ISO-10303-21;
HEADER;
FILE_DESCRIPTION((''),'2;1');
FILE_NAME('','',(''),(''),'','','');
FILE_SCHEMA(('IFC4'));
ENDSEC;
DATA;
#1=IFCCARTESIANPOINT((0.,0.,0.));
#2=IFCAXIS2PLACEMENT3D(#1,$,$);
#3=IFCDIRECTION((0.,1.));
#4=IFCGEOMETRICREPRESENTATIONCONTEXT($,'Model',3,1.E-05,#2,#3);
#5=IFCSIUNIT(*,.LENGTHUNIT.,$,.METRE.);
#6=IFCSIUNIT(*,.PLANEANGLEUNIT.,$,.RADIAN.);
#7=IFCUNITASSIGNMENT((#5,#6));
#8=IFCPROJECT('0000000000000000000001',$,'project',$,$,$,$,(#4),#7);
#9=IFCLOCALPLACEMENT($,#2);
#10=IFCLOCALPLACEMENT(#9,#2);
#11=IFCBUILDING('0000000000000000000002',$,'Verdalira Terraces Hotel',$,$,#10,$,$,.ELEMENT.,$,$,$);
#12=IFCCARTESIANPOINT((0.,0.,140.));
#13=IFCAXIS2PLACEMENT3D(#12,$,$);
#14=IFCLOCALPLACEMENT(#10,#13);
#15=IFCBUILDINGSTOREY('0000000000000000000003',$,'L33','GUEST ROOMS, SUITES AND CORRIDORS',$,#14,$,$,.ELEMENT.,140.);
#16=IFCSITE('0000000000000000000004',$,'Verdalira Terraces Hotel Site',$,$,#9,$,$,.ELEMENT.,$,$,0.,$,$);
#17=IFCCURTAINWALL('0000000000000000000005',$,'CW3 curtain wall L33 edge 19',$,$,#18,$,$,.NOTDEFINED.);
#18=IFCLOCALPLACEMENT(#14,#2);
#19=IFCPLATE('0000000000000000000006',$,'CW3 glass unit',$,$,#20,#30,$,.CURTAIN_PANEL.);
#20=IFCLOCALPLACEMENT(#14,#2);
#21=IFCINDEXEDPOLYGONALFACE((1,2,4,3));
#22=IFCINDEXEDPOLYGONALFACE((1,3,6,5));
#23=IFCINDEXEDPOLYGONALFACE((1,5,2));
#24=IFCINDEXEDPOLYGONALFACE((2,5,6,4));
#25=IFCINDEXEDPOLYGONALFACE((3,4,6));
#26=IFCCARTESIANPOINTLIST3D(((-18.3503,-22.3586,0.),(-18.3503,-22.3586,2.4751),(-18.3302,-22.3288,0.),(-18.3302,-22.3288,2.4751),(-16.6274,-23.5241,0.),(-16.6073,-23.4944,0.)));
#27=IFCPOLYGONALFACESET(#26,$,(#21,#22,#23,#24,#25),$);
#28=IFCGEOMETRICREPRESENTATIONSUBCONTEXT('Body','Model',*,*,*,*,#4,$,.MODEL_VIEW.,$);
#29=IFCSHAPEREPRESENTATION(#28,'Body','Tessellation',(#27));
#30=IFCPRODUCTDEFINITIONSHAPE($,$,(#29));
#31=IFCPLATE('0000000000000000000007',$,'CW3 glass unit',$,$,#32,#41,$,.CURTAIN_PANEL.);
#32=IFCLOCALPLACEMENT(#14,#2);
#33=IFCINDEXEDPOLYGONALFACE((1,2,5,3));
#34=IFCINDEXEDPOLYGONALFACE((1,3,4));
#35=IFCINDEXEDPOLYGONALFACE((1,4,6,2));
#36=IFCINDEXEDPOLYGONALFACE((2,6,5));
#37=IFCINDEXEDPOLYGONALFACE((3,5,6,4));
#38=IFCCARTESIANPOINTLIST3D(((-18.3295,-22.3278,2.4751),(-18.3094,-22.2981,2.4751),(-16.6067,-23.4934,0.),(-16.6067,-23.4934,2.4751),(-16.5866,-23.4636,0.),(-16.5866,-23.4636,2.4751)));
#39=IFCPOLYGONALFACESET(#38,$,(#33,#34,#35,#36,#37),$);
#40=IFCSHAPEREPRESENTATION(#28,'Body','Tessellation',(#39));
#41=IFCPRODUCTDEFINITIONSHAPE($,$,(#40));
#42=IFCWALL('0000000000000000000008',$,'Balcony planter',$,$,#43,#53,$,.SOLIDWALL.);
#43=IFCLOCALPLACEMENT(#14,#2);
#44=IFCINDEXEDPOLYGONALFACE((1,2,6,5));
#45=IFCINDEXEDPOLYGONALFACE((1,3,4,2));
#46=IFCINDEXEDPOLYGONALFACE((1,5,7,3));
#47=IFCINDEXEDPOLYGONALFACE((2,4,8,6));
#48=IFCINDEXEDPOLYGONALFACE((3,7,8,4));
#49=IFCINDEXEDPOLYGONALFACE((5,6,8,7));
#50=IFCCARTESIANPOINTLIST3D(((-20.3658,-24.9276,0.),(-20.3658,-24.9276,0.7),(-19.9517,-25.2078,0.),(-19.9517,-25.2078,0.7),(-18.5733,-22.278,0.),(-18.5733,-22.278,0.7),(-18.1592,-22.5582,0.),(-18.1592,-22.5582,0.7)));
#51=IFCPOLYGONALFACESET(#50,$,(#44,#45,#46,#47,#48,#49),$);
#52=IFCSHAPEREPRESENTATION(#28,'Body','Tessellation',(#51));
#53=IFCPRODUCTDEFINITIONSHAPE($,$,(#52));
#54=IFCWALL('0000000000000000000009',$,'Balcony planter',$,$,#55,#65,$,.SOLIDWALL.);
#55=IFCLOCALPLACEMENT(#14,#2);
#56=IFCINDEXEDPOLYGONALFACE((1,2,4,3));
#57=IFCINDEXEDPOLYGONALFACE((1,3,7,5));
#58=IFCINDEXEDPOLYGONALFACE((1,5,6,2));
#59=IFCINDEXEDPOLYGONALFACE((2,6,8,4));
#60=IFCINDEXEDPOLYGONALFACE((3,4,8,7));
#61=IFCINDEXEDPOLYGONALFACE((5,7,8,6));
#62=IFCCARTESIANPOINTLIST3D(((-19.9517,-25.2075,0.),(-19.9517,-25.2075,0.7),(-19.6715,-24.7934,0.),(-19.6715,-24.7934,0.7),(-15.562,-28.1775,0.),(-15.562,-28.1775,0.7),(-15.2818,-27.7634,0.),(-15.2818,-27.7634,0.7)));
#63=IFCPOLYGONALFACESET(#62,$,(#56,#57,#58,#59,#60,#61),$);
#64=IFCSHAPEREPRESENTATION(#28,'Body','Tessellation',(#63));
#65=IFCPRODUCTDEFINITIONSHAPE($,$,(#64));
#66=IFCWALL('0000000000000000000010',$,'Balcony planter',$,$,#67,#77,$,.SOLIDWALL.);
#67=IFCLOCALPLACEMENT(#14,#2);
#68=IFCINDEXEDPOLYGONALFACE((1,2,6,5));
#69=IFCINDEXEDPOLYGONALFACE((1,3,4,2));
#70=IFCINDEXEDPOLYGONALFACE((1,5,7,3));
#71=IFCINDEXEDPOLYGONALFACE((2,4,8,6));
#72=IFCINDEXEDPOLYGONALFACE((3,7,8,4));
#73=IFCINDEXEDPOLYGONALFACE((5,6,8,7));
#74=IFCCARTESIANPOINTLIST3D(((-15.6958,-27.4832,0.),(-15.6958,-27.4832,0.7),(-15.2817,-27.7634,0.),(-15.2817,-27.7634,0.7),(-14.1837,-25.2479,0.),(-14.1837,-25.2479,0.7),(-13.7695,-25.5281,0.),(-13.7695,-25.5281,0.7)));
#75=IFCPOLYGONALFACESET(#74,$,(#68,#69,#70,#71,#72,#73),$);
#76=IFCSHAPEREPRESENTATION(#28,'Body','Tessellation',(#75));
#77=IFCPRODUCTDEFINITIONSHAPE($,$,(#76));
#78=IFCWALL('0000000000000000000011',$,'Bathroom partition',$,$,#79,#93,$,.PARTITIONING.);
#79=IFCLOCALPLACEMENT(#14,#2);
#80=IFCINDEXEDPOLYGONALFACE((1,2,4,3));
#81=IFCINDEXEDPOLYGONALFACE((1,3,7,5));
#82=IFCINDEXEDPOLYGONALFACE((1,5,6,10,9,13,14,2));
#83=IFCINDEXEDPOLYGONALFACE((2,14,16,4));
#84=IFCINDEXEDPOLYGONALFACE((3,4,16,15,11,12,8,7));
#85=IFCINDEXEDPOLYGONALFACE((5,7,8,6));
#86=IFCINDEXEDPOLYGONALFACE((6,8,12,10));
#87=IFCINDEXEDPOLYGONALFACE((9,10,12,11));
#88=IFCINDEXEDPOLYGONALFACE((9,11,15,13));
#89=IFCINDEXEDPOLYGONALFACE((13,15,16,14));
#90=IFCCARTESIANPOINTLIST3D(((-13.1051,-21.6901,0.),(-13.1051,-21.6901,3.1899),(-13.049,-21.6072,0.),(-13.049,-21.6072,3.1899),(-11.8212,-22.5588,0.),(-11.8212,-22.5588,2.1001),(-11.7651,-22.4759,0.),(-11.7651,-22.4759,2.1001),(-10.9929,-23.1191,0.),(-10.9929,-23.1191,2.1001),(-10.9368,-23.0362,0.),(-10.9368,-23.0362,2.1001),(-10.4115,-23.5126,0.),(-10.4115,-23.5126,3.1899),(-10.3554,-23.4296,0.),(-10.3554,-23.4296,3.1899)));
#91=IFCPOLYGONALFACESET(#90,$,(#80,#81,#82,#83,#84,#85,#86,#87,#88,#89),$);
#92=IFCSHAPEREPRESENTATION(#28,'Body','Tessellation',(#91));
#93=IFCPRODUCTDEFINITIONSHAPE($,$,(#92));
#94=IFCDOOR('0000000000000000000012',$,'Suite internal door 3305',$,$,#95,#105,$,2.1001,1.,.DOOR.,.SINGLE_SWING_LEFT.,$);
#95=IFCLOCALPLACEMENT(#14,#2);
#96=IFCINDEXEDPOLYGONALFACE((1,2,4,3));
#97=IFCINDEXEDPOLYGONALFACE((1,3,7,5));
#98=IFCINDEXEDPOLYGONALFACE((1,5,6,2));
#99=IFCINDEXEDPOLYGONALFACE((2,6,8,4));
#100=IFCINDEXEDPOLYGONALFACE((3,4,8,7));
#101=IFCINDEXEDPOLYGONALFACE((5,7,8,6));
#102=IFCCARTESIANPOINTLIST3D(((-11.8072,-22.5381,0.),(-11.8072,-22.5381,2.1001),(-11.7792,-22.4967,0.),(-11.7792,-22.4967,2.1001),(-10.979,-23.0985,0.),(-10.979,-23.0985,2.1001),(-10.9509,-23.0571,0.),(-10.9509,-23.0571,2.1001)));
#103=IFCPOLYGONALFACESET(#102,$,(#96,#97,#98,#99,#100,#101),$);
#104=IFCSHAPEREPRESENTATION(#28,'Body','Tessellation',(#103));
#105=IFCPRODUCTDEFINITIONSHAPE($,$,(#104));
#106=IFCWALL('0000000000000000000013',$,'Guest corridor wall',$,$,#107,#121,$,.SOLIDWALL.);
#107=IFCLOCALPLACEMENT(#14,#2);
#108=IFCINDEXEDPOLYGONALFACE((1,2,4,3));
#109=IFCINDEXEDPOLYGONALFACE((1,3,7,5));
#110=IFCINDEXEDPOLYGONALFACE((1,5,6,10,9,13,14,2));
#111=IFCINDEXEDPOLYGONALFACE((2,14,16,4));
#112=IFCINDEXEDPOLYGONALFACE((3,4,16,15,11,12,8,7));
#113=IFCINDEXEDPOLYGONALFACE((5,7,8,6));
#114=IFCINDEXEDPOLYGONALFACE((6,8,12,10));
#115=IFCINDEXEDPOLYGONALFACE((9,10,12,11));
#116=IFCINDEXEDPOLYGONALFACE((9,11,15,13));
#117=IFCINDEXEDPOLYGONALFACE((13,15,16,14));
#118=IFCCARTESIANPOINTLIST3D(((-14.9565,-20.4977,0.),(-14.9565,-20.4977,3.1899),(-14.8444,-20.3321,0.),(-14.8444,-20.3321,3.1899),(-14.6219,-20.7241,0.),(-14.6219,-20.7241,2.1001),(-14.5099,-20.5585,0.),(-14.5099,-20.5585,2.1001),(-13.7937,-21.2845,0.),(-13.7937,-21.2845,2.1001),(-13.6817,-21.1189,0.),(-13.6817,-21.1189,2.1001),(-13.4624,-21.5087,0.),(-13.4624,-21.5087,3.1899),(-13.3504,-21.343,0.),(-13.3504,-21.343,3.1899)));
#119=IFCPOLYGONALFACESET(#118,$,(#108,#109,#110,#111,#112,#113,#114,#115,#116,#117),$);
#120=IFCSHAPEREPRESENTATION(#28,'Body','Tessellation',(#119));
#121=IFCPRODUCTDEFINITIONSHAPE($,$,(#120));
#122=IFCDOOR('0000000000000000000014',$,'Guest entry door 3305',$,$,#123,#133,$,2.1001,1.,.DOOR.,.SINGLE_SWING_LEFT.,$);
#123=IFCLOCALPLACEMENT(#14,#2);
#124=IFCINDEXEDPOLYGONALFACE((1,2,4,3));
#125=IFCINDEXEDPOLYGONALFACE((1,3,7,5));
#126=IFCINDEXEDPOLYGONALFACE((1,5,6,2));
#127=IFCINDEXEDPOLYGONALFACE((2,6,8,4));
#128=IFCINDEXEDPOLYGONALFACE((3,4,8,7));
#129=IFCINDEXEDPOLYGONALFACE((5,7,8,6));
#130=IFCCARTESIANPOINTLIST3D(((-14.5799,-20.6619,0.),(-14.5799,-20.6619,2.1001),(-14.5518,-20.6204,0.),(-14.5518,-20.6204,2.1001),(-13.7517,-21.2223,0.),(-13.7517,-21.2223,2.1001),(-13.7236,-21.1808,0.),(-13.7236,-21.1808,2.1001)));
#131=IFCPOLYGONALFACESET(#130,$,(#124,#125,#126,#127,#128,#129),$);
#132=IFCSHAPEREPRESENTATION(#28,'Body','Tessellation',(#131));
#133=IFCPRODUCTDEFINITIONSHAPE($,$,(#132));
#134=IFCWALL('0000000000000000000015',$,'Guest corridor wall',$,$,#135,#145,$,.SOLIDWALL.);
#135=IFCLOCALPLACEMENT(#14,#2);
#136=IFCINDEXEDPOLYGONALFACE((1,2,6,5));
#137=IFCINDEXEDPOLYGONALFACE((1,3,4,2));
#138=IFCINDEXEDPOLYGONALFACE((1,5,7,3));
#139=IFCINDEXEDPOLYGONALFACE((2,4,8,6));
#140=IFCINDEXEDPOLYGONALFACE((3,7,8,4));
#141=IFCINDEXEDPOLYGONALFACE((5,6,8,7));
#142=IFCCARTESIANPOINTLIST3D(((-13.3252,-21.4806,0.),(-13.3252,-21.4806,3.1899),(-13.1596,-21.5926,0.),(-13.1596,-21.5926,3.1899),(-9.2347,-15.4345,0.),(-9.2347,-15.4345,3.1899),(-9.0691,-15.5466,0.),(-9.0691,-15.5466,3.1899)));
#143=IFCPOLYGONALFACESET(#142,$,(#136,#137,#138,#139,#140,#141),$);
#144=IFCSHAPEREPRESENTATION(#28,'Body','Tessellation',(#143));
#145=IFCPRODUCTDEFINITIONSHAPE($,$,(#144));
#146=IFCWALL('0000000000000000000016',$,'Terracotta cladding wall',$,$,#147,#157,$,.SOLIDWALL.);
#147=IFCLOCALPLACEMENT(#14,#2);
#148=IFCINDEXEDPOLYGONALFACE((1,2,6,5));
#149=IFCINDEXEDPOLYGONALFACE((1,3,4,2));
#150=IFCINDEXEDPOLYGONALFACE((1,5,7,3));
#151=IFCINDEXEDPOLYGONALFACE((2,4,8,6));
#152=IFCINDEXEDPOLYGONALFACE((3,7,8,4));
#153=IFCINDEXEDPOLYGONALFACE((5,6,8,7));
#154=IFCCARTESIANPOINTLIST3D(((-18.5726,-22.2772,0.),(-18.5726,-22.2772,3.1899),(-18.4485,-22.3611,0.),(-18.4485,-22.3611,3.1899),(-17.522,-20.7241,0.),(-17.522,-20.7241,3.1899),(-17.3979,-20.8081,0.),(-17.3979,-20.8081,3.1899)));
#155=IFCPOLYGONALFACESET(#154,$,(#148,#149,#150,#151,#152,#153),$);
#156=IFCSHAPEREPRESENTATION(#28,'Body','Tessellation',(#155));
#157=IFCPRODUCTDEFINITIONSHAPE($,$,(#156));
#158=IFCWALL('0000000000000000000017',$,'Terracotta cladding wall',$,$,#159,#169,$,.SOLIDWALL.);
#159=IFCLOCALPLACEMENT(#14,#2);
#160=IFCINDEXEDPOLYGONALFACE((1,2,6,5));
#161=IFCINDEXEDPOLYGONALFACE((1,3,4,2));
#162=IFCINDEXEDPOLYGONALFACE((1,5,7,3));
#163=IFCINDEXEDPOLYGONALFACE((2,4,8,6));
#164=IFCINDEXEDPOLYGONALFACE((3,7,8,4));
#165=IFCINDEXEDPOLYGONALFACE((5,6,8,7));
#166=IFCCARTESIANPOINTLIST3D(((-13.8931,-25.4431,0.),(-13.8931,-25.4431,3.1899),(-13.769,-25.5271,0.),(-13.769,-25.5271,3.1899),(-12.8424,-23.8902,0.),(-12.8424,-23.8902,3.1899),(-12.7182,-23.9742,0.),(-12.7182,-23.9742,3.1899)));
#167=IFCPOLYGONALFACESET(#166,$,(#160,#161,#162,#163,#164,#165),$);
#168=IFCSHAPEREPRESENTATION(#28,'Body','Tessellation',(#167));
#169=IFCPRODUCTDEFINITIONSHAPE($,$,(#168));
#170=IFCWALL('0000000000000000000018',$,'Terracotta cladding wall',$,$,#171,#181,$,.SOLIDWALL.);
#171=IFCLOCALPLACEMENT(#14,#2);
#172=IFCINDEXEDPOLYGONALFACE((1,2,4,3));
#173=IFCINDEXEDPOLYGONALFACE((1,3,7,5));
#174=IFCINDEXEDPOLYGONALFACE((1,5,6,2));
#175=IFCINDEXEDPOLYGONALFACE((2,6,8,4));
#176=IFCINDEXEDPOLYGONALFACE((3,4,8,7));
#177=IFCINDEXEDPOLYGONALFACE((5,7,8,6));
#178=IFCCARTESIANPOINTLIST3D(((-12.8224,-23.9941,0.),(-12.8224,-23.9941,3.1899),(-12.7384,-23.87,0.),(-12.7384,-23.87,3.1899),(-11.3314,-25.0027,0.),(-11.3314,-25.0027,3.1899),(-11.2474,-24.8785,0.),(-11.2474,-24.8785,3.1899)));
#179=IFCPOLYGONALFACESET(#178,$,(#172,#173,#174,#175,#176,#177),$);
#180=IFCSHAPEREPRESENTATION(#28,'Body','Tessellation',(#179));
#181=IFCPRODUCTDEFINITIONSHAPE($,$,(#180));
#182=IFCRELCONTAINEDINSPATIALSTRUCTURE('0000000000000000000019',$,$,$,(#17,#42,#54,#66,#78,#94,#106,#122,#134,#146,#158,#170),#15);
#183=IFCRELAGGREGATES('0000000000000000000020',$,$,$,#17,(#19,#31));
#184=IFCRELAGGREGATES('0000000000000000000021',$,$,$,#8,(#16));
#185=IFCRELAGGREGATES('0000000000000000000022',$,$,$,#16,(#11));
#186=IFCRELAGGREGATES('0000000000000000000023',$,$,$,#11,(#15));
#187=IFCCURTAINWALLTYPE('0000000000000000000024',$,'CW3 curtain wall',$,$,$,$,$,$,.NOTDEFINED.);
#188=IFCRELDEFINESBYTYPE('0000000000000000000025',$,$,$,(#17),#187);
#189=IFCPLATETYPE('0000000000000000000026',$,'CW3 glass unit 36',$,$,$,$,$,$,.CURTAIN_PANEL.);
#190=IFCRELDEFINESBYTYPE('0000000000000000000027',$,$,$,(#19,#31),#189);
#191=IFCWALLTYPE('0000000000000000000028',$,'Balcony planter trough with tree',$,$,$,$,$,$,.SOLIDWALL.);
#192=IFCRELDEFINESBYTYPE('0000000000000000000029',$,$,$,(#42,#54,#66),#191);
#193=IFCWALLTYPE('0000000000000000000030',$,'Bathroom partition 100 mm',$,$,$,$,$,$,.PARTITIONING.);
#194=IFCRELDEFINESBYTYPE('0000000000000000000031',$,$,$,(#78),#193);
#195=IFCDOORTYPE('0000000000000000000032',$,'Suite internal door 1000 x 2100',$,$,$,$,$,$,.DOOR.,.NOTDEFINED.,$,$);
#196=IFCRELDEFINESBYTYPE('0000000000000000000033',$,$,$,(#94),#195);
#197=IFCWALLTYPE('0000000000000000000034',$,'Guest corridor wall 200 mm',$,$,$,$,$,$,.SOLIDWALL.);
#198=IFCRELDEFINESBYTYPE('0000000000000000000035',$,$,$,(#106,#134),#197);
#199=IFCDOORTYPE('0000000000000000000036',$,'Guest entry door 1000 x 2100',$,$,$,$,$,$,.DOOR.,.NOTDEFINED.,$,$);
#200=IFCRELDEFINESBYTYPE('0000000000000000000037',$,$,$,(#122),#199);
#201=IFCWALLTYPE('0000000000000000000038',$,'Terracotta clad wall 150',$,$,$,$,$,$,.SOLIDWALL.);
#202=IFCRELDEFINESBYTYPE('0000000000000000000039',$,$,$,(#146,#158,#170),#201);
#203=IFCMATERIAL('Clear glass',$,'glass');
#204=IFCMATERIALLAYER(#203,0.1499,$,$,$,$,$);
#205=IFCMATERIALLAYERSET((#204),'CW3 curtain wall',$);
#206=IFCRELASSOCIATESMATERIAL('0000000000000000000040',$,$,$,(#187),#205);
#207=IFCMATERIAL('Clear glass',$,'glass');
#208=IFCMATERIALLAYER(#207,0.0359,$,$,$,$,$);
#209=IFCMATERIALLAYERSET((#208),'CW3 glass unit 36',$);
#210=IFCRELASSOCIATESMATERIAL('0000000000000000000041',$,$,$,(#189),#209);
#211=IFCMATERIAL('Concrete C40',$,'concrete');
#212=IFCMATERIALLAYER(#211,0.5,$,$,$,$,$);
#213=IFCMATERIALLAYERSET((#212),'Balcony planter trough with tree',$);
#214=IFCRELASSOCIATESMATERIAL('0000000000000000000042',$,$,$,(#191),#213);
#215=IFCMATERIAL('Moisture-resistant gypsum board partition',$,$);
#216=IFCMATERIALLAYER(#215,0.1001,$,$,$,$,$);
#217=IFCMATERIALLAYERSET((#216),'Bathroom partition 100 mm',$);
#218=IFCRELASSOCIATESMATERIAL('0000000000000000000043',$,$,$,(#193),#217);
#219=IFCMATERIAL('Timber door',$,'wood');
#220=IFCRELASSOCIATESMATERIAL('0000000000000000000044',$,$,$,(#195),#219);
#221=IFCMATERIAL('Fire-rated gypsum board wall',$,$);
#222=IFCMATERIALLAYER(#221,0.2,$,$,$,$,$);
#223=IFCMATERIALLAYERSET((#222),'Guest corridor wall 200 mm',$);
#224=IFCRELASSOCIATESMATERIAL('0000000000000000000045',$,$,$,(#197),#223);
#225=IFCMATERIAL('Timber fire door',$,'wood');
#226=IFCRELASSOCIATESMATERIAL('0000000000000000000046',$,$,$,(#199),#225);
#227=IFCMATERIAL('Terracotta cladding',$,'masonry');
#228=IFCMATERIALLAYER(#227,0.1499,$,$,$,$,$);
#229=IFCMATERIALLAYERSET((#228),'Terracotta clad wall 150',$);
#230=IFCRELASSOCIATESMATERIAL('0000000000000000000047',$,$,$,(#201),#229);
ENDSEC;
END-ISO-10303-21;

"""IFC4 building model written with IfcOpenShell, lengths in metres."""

from ifc_helpers import new_model, si_unit, direction, frame, frame_2d, origin, place, context, subcontext, project, spatial, polyline, rectangle, outline, extrude, material, layer, layer_set, type_object, element, fill, aggregate, save


model = new_model("IFC4")

# Units and contexts
model_context = context("Model", 3, precision=1e-05, world=origin(), true_north=direction((0.0, 1.0)))
body_context = subcontext(model_context, "Body", "Model", "MODEL_VIEW")
ifc_project = project(units=[si_unit("LENGTHUNIT", "METRE"), si_unit("PLANEANGLEUNIT", "RADIAN")], contexts=[model_context])

# Site, building, storey
site_placement = place(None, origin())
site = spatial("IfcSite", under=ifc_project, at=site_placement, Name="Verdalira Terraces Hotel Site", CompositionType="ELEMENT", RefElevation=0.0)
building_placement = place(site_placement, origin())
building = spatial("IfcBuilding", under=site, at=building_placement, Name="Verdalira Terraces Hotel", CompositionType="ELEMENT")
storey_placement = place(building_placement, frame((0.0, 0.0, 140.0)))
storey = spatial("IfcBuildingStorey", under=building, at=storey_placement, Name="L33", Description="GUEST ROOMS, SUITES AND CORRIDORS", CompositionType="ELEMENT", Elevation=140.0)

# Curtain wall
ifc_material_1 = material(Name="Clear glass", Category="glass")
ifc_layer_1 = layer(ifc_material_1, 0.1499)
ifc_layer_set_1 = layer_set([ifc_layer_1], Name="CW3 curtain wall")
curtain_wall_type = type_object("IfcCurtainWallType", Name="CW3 curtain wall", PredefinedType="NOTDEFINED", material=ifc_layer_set_1)
curtain_wall_placement = place(storey_placement, origin())
curtain_wall = element("IfcCurtainWall", 1, at=curtain_wall_placement, inside=storey, type_object=curtain_wall_type, Name="CW3 curtain wall L33 edge 19", PredefinedType="NOTDEFINED")

# Plates
ifc_material_2 = material(Name="Clear glass", Category="glass")
ifc_layer_2 = layer(ifc_material_2, 0.0359)
ifc_layer_set_2 = layer_set([ifc_layer_2], Name="CW3 glass unit 36")
plate_type = type_object("IfcPlateType", Name="CW3 glass unit 36", PredefinedType="CURTAIN_PANEL", material=ifc_layer_set_2)
plate_1_placement = place(storey_placement, frame((-17.4688, -22.9116, 1.2375), z_axis=(-0.56035, -0.828256, 0.0), x_axis=(0.828256, -0.56035, 0.0)))
plate_1 = element("IfcPlate", 2, at=plate_1_placement, type_object=plate_type, Name="CW3 glass unit", PredefinedType="CURTAIN_PANEL", context=body_context, shape_type="SweptSolid", body=[
    extrude(outline(polyline([(-1.04, -1.2375), (1.04, -1.2375), (-1.04, 1.2375), (-1.04, -1.2375)])), origin(), (0.0, 0.0, 1.0), 0.0359),
])
plate_2_placement = place(storey_placement, frame((-17.448, -22.8809, 1.2375), z_axis=(-0.56035, -0.828256, 0.0), x_axis=(0.828256, -0.56035, 0.0)))
plate_2 = element("IfcPlate", 3, at=plate_2_placement, type_object=plate_type, Name="CW3 glass unit", PredefinedType="CURTAIN_PANEL", context=body_context, shape_type="SweptSolid", body=[
    extrude(outline(polyline([(1.04, -1.2375), (1.04, 1.2375), (-1.04, 1.2375), (1.04, -1.2375)])), origin(), (0.0, 0.0, 1.0), 0.0359),
])
aggregate(curtain_wall, [plate_1, plate_2])

# Walls
ifc_material_3 = material(Name="Concrete C40", Category="concrete")
ifc_layer_3 = layer(ifc_material_3, 0.5)
ifc_layer_set_3 = layer_set([ifc_layer_3], Name="Balcony planter trough with tree")
wall_type_1 = type_object("IfcWallType", Name="Balcony planter trough with tree", PredefinedType="SOLIDWALL", material=ifc_layer_set_3)
wall_1_placement = place(storey_placement, frame((-18.3662, -22.418, 0.0), z_axis=(0.0, 0.0, 1.0), x_axis=(-0.560323, -0.828274, 0.0)))
element("IfcWall", 4, at=wall_1_placement, inside=storey, type_object=wall_type_1, Name="Balcony planter", PredefinedType="SOLIDWALL", context=body_context, shape_type="SweptSolid", body=[
    extrude(rectangle(XDim=3.199, YDim=0.5, at=frame_2d((1.5996, 0.0))), origin(), (0.0, 0.0, 1.0), 0.7),
])
wall_2_placement = place(storey_placement, frame((-19.8115, -25.0005, 0.0), z_axis=(0.0, 0.0, 1.0), x_axis=(0.828239, -0.560374, 0.0)))
element("IfcWall", 5, at=wall_2_placement, inside=storey, type_object=wall_type_1, Name="Balcony planter", PredefinedType="SOLIDWALL", context=body_context, shape_type="SweptSolid", body=[
    extrude(rectangle(XDim=5.3, YDim=0.5, at=frame_2d((2.6499, 0.0))), origin(), (0.0, 0.0, 1.0), 0.7),
])
wall_3_placement = place(storey_placement, frame((-15.4888, -27.6233, 0.0), z_axis=(0.0, 0.0, 1.0), x_axis=(0.560324, 0.828274, 0.0)))
element("IfcWall", 6, at=wall_3_placement, inside=storey, type_object=wall_type_1, Name="Balcony planter", PredefinedType="SOLIDWALL", context=body_context, shape_type="SweptSolid", body=[
    extrude(rectangle(XDim=2.6987, YDim=0.5, at=frame_2d((1.3494, 0.0))), origin(), (0.0, 0.0, 1.0), 0.7),
])

# Walls, openings, doors
ifc_material_4 = material(Name="Moisture-resistant gypsum board partition")
ifc_layer_4 = layer(ifc_material_4, 0.1001)
ifc_layer_set_4 = layer_set([ifc_layer_4], Name="Bathroom partition 100 mm")
wall_type_2 = type_object("IfcWallType", Name="Bathroom partition 100 mm", PredefinedType="PARTITIONING", material=ifc_layer_set_4)
wall_4_placement = place(storey_placement, frame((-13.0769, -21.6487, 0.0), z_axis=(0.0, 0.0, 1.0), x_axis=(0.828231, -0.560387, 0.0)))
wall_4 = element("IfcWall", 7, at=wall_4_placement, inside=storey, type_object=wall_type_2, Name="Bathroom partition", PredefinedType="PARTITIONING", context=body_context, shape_type="SweptSolid", body=[
    extrude(rectangle(XDim=3.2522, YDim=0.1001, at=frame_2d((1.626, 0.0))), origin(), (0.0, 0.0, 1.0), 3.1899),
])
opening_1_placement = place(wall_4_placement, frame((1.55, 0.0, 0.0)))
opening_1 = element("IfcOpeningElement", 8, at=opening_1_placement, cuts=wall_4, PredefinedType="OPENING", context=body_context, shape_type="SweptSolid", body=[
    extrude(rectangle(XDim=1.0, YDim=2.1001, at=frame_2d((0.5, 1.05))), frame((0.0, 0.0601, 0.0), z_axis=(0.0, -1.0, 0.0), x_axis=(1.0, 0.0, 0.0)), (0.0, 0.0, 1.0), 0.1201),
])
ifc_material_5 = material(Name="Timber door", Category="wood")
door_type_1 = type_object("IfcDoorType", Name="Suite internal door 1000 x 2100", OperationType="NOTDEFINED", PredefinedType="DOOR", material=ifc_material_5)
door_1_placement = place(opening_1_placement, origin())
door_1 = element("IfcDoor", 9, at=door_1_placement, inside=storey, type_object=door_type_1, Name="Suite internal door 3305", OperationType="SINGLE_SWING_LEFT", OverallHeight=2.1001, OverallWidth=1.0, PredefinedType="DOOR", context=body_context, shape_type="SweptSolid", body=[
    extrude(rectangle(XDim=1.0, YDim=2.1001, at=frame_2d((0.5, 1.05))), frame((0.0, 0.0249, 0.0), z_axis=(0.0, -1.0, 0.0), x_axis=(1.0, 0.0, 0.0)), (0.0, 0.0, 1.0), 0.05),
])
fill(opening_1, door_1)
ifc_material_6 = material(Name="Fire-rated gypsum board wall")
ifc_layer_5 = layer(ifc_material_6, 0.2)
ifc_layer_set_5 = layer_set([ifc_layer_5], Name="Guest corridor wall 200 mm")
wall_type_3 = type_object("IfcWallType", Name="Guest corridor wall 200 mm", PredefinedType="SOLIDWALL", material=ifc_layer_set_5)
wall_5_placement = place(storey_placement, frame((-13.4065, -21.4258, 0.0), z_axis=(0.0, 0.0, 1.0), x_axis=(-0.828221, 0.560402, 0.0)))
wall_5 = element("IfcWall", 10, at=wall_5_placement, inside=storey, type_object=wall_type_3, Name="Guest corridor wall", PredefinedType="SOLIDWALL", context=body_context, shape_type="SweptSolid", body=[
    extrude(rectangle(XDim=1.804, YDim=0.2, at=frame_2d((0.9019, 0.0))), origin(), (0.0, 0.0, 1.0), 3.1899),
])
opening_2_placement = place(wall_5_placement, frame((0.3999, 0.0, 0.0)))
opening_2 = element("IfcOpeningElement", 11, at=opening_2_placement, cuts=wall_5, PredefinedType="OPENING", context=body_context, shape_type="SweptSolid", body=[
    extrude(rectangle(XDim=1.0, YDim=2.1001, at=frame_2d((0.5, 1.05))), frame((0.0, 0.1099, 0.0), z_axis=(0.0, -1.0, 0.0), x_axis=(1.0, 0.0, 0.0)), (0.0, 0.0, 1.0), 0.22),
])
ifc_material_7 = material(Name="Timber fire door", Category="wood")
door_type_2 = type_object("IfcDoorType", Name="Guest entry door 1000 x 2100", OperationType="NOTDEFINED", PredefinedType="DOOR", material=ifc_material_7)
door_2_placement = place(opening_2_placement, origin())
door_2 = element("IfcDoor", 12, at=door_2_placement, inside=storey, type_object=door_type_2, Name="Guest entry door 3305", OperationType="SINGLE_SWING_LEFT", OverallHeight=2.1001, OverallWidth=1.0, PredefinedType="DOOR", context=body_context, shape_type="SweptSolid", body=[
    extrude(rectangle(XDim=1.0, YDim=2.1001, at=frame_2d((0.5, 1.05))), frame((0.0, 0.0249, 0.0), z_axis=(0.0, -1.0, 0.0), x_axis=(1.0, 0.0, 0.0)), (0.0, 0.0, 1.0), 0.05),
])
fill(opening_2, door_2)

# Walls
wall_6_placement = place(storey_placement, frame((-13.2424, -21.5366, 0.0), z_axis=(0.0, 0.0, 1.0), x_axis=(0.56036, 0.828249, 0.0)))
element("IfcWall", 13, at=wall_6_placement, inside=storey, type_object=wall_type_3, Name="Guest corridor wall", PredefinedType="SOLIDWALL", context=body_context, shape_type="SweptSolid", body=[
    extrude(rectangle(XDim=7.2998, YDim=0.2, at=frame_2d((3.6499, 0.0))), origin(), (0.0, 0.0, 1.0), 3.1899),
])
ifc_material_8 = material(Name="Terracotta cladding", Category="masonry")
ifc_layer_6 = layer(ifc_material_8, 0.1499)
ifc_layer_set_6 = layer_set([ifc_layer_6], Name="Terracotta clad wall 150")
wall_type_4 = type_object("IfcWallType", Name="Terracotta clad wall 150", PredefinedType="SOLIDWALL", material=ifc_layer_set_6)
for number, where, z_axis, x_axis, name in (
    (14, (-17.46, -20.7661, 0.0), (0.0, 0.0, 1.0), (-0.560307, -0.828285, 0.0), "Terracotta cladding wall"),
    (15, (-13.8311, -25.4851, 0.0), (0.0, 0.0, 1.0), (0.560396, 0.828225, 0.0), "Terracotta cladding wall"),
):
    element("IfcWall", number, at=place(storey_placement, frame(where, z_axis=z_axis, x_axis=x_axis)), inside=storey, type_object=wall_type_4, Name=name, PredefinedType="SOLIDWALL", context=body_context, shape_type="SweptSolid", body=[
        extrude(rectangle(XDim=1.875, YDim=0.1499, at=frame_2d((0.9375, 0.0))), origin(), (0.0, 0.0, 1.0), 3.1899),
    ])
wall_7_placement = place(storey_placement, frame((-12.7803, -23.9321, 0.0), z_axis=(0.0, 0.0, 1.0), x_axis=(0.828296, -0.56029, 0.0)))
element("IfcWall", 16, at=wall_7_placement, inside=storey, type_object=wall_type_4, Name="Terracotta cladding wall", PredefinedType="SOLIDWALL", context=body_context, shape_type="SweptSolid", body=[
    extrude(rectangle(XDim=1.8, YDim=0.1499, at=frame_2d((0.8999, 0.0))), origin(), (0.0, 0.0, 1.0), 3.1899),
])

save(model, "model.ifc")
